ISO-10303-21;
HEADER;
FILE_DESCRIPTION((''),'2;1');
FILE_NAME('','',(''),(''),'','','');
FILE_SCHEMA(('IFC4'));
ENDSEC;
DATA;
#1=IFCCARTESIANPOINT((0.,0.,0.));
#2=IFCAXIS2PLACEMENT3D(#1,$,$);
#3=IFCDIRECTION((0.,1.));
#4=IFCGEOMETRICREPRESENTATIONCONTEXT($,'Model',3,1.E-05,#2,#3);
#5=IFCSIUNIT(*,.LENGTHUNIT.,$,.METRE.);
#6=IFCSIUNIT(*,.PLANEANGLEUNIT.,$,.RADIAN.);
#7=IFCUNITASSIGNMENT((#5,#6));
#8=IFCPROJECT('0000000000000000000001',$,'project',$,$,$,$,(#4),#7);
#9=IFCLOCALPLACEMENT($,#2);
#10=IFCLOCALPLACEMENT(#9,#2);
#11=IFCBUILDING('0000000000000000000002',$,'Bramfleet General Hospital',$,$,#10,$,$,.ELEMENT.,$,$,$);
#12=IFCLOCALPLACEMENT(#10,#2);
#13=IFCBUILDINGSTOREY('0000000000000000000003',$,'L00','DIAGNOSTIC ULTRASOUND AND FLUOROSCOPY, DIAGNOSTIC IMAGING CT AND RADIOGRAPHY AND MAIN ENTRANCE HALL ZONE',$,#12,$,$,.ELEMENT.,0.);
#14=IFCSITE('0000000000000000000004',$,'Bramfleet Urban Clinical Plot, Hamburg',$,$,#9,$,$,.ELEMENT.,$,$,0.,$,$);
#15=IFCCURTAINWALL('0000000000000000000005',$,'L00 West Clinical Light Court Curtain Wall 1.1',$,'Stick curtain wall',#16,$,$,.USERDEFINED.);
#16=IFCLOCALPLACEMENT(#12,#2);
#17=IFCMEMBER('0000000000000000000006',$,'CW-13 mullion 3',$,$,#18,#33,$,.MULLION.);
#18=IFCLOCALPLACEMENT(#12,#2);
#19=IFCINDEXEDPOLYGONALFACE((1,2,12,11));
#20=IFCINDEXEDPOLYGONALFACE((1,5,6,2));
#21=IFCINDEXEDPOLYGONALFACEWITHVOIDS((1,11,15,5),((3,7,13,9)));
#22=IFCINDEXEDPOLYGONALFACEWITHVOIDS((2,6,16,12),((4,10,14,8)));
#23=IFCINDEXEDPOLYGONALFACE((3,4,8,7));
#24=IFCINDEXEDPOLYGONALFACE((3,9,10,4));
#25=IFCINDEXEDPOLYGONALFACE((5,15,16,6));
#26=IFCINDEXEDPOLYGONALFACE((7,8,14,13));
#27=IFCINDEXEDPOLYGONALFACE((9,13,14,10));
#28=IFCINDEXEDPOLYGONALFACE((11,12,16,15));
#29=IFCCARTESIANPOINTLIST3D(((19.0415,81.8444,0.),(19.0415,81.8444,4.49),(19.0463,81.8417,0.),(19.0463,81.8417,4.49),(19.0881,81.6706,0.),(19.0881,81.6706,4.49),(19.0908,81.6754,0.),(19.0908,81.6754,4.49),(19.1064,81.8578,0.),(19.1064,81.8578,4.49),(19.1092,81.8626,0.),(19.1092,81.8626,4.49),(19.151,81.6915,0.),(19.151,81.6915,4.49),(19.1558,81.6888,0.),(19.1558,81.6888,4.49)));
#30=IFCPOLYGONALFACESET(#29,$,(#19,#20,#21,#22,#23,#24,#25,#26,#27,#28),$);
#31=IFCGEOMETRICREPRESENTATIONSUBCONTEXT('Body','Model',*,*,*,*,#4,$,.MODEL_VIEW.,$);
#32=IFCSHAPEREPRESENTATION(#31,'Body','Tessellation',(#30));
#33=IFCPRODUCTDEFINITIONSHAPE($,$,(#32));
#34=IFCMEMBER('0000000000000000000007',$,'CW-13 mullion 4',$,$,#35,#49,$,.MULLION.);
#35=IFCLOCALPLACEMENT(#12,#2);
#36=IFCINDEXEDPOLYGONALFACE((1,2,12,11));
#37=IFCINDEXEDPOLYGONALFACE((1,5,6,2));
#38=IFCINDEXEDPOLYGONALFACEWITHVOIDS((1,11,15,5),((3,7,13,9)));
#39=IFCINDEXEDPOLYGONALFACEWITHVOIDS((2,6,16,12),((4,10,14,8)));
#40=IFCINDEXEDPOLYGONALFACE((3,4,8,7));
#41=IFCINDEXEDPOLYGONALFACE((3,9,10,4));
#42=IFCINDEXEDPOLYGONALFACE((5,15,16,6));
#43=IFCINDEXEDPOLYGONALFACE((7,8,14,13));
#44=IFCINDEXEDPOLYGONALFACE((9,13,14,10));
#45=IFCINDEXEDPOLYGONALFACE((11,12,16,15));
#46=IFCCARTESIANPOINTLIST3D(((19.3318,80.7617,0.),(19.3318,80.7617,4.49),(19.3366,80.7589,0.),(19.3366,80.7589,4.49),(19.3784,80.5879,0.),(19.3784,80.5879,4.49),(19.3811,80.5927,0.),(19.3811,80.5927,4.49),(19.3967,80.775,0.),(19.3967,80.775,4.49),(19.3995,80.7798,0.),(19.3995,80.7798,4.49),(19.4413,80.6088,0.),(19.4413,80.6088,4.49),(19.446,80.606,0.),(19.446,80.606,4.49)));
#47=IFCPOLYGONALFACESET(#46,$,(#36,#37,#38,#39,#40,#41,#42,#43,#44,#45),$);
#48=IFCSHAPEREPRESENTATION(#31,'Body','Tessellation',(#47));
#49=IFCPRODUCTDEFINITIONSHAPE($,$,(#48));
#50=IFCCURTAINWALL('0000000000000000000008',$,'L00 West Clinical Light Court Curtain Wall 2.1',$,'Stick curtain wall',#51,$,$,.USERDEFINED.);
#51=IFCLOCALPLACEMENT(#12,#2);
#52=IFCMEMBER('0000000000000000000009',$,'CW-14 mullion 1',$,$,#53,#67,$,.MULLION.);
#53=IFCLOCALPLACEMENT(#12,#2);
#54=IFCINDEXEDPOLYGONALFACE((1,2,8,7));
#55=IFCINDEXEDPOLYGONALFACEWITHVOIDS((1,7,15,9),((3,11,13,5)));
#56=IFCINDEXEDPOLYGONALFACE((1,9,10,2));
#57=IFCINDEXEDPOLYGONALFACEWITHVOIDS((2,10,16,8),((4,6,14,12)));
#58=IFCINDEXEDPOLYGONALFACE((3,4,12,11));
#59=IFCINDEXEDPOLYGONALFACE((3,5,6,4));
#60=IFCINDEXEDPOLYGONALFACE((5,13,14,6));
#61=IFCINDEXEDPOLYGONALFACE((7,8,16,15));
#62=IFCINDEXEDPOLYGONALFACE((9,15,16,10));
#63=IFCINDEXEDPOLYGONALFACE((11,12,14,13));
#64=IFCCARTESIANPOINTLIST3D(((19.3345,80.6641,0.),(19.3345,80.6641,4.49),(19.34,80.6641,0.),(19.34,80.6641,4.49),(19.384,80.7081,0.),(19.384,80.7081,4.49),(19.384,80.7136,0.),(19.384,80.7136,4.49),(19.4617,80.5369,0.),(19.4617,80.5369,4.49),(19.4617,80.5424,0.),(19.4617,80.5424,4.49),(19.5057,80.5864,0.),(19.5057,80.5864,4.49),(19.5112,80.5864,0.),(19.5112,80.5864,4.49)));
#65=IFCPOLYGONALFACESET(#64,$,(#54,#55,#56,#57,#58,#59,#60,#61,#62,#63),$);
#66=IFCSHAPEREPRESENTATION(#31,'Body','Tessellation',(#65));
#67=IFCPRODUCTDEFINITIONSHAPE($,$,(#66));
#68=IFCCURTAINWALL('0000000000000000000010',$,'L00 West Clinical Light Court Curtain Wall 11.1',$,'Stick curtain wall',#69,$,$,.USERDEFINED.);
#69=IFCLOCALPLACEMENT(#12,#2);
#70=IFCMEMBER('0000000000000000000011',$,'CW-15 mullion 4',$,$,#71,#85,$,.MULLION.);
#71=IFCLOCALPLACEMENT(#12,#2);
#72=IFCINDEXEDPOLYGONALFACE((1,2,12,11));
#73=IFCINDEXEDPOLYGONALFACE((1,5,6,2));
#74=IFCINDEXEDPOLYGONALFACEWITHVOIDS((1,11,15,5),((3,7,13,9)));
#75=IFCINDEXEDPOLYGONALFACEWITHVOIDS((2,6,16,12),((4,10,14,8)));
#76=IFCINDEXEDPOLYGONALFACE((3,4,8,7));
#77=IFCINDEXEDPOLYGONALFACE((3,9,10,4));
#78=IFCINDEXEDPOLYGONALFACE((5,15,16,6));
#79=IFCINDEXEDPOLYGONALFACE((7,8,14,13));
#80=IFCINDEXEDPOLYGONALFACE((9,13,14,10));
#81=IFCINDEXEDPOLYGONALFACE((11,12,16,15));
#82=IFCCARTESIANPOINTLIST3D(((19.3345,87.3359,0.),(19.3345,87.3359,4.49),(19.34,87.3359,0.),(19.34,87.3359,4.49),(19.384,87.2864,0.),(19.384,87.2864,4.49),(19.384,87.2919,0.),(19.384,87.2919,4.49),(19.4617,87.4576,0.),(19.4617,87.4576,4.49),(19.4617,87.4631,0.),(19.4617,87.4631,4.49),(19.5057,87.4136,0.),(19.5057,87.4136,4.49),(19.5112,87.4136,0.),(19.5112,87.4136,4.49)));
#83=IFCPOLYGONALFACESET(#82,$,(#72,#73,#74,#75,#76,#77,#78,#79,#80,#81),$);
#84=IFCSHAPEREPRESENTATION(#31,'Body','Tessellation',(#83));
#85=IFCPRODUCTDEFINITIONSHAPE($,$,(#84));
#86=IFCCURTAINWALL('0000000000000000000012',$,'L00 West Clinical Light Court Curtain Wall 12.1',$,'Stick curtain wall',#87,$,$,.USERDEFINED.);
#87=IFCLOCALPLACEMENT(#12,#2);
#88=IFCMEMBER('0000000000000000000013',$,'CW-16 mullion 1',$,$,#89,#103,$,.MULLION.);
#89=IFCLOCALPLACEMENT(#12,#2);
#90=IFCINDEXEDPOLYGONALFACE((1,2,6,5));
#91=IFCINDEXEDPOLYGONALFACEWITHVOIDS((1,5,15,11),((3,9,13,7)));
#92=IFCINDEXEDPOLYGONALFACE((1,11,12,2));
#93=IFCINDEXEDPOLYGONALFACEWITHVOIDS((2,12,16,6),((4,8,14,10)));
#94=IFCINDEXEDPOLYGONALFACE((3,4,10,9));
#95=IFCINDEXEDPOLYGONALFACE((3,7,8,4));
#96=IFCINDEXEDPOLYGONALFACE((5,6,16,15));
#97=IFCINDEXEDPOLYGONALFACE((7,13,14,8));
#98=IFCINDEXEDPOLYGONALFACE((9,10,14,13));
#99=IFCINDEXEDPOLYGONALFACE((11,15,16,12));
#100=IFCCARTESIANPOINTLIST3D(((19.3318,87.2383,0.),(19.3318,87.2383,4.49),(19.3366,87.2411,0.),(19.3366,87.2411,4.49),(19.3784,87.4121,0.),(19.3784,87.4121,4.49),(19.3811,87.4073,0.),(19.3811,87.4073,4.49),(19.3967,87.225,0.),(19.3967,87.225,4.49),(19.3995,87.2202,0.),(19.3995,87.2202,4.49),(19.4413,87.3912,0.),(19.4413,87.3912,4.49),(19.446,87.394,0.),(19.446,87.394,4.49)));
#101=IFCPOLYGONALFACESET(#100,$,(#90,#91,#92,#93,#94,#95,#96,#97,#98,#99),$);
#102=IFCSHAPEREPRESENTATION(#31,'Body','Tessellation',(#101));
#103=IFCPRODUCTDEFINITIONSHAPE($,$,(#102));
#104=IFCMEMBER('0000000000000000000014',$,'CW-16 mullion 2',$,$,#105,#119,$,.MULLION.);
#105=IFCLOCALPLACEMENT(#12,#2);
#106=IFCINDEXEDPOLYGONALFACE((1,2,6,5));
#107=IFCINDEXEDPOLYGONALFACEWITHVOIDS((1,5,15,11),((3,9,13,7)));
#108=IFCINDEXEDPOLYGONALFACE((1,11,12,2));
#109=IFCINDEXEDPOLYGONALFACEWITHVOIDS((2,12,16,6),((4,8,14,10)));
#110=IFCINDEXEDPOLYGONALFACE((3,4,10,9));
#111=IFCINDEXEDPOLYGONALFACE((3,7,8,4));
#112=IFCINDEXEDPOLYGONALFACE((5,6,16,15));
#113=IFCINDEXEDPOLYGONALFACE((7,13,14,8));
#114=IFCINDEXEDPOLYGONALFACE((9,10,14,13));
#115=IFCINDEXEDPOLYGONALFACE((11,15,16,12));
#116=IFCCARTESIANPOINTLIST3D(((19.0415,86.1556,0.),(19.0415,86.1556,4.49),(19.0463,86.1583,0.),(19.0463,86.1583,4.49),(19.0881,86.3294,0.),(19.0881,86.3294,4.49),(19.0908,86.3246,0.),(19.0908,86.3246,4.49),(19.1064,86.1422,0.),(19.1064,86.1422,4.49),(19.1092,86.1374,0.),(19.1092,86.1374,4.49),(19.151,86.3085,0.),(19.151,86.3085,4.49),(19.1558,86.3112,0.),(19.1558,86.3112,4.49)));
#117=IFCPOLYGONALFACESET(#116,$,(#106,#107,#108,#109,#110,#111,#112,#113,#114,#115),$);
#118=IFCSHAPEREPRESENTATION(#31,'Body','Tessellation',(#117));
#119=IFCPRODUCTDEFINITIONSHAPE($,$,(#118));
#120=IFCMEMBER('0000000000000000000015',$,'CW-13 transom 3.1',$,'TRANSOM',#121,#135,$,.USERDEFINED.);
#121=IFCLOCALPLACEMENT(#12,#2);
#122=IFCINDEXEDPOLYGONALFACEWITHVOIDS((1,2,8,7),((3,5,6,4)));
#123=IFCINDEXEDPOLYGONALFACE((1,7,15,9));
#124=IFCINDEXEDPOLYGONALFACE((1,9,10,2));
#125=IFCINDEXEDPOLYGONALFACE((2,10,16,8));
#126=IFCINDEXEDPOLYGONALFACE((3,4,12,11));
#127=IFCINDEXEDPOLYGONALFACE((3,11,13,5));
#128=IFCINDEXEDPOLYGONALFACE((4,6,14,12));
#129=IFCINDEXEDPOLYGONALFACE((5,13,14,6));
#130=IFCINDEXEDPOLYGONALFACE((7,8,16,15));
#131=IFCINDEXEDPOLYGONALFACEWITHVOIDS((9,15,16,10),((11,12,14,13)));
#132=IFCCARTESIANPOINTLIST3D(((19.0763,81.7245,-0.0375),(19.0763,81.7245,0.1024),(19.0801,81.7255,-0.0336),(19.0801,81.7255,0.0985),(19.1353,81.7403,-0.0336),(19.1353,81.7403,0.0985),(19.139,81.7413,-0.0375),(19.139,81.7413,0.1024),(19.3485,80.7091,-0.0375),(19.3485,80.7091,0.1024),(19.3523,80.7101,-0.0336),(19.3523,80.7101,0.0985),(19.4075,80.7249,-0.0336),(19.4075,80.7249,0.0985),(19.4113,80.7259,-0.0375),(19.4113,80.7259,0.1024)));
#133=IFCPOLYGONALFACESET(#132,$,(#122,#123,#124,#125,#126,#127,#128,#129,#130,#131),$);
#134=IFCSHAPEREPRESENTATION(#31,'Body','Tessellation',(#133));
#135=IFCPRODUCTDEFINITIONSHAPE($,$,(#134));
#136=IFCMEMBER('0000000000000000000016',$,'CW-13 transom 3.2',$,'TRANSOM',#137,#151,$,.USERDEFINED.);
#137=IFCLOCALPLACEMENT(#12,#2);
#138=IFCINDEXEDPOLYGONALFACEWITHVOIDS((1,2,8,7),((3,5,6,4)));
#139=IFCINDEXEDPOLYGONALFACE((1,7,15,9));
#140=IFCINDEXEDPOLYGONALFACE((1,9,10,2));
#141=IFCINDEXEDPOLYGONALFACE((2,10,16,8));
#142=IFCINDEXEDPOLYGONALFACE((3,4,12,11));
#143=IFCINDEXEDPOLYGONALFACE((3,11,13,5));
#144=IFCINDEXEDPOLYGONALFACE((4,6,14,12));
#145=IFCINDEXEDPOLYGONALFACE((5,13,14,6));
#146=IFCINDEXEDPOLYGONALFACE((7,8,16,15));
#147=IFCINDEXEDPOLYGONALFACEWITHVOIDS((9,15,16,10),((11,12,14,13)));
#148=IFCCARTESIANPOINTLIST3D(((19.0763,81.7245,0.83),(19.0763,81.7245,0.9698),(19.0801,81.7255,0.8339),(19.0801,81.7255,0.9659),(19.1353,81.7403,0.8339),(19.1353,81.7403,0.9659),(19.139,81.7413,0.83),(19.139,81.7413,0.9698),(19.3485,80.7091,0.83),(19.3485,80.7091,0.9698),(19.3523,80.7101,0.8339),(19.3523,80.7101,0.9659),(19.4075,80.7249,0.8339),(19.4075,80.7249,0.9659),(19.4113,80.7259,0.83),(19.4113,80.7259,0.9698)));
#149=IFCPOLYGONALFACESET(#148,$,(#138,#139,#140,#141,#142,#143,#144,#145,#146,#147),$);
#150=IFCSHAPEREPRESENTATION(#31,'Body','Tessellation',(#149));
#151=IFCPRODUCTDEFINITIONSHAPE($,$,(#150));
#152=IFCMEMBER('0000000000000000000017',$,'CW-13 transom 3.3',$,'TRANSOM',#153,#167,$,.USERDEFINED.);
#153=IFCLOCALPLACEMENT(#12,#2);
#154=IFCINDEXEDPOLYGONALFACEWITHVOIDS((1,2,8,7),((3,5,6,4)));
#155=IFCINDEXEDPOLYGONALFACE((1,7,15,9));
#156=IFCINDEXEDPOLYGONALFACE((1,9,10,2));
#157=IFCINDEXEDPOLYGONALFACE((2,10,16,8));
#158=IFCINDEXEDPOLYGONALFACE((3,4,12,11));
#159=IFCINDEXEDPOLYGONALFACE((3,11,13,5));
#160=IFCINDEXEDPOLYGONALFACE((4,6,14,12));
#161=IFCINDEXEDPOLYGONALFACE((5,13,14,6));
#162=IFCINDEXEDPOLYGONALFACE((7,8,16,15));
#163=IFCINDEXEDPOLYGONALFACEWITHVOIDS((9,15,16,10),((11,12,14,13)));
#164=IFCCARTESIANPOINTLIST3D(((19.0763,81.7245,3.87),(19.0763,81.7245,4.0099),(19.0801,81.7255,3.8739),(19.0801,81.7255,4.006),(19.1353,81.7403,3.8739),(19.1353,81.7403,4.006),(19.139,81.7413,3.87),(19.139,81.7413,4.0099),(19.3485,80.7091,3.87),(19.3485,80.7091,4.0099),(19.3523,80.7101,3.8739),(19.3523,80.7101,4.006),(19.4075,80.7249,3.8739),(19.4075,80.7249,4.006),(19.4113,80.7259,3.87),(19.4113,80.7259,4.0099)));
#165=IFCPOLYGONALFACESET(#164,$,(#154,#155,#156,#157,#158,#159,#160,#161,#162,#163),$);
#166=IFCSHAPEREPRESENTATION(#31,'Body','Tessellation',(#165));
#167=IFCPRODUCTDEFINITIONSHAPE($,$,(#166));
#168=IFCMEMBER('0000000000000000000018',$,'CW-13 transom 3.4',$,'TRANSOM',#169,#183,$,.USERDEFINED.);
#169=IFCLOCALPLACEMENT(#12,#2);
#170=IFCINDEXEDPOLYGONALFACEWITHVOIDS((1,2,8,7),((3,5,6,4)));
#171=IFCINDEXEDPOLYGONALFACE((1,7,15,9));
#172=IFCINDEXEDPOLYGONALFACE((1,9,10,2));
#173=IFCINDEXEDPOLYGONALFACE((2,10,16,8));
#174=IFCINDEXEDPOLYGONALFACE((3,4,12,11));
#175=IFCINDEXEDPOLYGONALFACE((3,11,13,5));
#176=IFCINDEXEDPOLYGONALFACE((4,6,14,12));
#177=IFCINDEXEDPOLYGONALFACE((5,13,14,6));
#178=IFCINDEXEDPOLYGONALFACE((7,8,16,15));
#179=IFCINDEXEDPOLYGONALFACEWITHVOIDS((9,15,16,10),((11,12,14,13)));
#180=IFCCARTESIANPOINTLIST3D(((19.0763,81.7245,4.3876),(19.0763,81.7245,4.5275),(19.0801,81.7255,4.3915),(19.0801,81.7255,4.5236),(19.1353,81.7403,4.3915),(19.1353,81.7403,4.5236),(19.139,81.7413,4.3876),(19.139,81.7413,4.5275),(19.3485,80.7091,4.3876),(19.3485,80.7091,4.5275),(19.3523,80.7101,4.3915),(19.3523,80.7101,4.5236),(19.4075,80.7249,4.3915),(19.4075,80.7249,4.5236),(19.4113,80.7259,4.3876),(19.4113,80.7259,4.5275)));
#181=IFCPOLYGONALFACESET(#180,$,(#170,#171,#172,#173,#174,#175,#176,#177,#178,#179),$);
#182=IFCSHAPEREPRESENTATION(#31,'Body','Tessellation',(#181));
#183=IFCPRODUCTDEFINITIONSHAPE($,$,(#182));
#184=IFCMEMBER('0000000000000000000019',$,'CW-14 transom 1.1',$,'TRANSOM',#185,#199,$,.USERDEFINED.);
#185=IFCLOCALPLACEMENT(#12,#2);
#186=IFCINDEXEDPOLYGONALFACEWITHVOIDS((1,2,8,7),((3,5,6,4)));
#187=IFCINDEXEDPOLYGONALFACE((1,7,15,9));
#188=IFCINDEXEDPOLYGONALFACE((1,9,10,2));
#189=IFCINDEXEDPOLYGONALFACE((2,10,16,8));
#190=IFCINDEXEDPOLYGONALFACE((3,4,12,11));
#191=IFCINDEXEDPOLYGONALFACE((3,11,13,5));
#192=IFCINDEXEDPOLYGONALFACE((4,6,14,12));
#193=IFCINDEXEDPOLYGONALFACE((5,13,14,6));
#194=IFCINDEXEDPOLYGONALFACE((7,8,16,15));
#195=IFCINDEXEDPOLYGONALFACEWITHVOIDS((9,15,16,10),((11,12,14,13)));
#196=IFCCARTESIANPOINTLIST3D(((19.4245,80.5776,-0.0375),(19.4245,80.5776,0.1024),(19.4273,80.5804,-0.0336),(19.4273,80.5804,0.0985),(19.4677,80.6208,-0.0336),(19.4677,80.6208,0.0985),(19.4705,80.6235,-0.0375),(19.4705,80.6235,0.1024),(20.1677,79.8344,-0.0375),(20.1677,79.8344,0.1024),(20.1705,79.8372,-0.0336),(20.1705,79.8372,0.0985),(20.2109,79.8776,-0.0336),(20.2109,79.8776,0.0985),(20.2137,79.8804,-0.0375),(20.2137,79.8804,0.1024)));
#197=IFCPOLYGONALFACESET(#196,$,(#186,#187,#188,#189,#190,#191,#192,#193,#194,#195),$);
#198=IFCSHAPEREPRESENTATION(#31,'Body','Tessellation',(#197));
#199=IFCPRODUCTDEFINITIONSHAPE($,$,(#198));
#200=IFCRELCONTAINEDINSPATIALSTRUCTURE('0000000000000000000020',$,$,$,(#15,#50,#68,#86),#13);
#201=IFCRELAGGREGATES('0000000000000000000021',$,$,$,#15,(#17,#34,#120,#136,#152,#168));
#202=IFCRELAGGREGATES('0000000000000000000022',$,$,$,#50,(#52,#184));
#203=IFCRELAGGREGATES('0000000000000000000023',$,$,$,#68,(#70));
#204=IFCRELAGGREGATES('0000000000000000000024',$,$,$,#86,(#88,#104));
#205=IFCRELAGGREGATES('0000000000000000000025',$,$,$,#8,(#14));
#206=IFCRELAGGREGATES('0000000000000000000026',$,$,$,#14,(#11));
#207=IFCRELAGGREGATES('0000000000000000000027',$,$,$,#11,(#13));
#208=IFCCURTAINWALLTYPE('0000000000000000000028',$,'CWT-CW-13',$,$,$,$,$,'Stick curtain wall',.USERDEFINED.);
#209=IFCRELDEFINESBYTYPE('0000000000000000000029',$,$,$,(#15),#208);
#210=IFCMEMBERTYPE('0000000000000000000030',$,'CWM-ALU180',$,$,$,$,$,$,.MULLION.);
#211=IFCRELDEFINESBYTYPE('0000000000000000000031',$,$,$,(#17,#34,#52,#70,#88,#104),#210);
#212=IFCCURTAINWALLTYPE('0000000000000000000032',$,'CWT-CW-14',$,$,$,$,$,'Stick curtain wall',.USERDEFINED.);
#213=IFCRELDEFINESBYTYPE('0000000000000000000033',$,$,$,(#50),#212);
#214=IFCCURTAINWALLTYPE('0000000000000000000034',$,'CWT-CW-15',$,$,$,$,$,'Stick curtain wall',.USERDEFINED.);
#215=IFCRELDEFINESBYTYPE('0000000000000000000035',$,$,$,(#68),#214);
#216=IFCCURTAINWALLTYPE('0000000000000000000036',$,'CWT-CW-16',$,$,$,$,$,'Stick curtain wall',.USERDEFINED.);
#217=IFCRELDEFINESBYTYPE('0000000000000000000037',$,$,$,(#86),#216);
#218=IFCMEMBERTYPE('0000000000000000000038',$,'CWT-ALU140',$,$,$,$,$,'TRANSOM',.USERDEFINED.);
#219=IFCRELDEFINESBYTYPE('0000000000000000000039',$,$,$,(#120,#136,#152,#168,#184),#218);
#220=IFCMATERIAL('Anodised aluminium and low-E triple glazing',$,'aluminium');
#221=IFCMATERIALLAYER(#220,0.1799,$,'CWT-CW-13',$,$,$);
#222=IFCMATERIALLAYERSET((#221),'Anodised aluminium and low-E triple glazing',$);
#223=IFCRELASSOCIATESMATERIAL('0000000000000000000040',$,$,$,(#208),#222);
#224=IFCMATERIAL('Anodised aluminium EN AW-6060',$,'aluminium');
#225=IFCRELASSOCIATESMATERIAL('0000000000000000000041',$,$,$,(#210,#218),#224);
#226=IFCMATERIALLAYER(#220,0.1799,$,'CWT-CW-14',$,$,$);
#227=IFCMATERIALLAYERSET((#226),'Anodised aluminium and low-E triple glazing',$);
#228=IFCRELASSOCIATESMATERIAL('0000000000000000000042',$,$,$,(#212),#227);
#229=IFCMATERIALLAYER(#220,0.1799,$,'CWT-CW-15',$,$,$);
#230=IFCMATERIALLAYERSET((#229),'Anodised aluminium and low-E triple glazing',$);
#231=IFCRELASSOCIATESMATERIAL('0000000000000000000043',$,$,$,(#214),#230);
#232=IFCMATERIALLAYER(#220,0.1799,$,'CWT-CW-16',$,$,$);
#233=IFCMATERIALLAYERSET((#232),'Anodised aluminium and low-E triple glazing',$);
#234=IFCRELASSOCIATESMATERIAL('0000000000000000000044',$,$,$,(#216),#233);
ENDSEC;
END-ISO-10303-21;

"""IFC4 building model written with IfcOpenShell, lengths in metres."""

from ifc_helpers import new_model, si_unit, direction, frame, origin, origin_2d, place, context, subcontext, project, spatial, hollow_rectangle, extrude, material, layer, layer_set, material_profile, profile_set, type_object, element, aggregate, save


model = new_model("IFC4")

# Units and contexts
model_context = context("Model", 3, precision=1e-05, world=origin(), true_north=direction((0.0, 1.0)))
body_context = subcontext(model_context, "Body", "Model", "MODEL_VIEW")
ifc_project = project(units=[si_unit("LENGTHUNIT", "METRE"), si_unit("PLANEANGLEUNIT", "RADIAN")], contexts=[model_context])

# Site, building, storey
site_placement = place(None, origin())
site = spatial("IfcSite", under=ifc_project, at=site_placement, Name="Bramfleet Urban Clinical Plot, Hamburg", CompositionType="ELEMENT", RefElevation=0.0)
building_placement = place(site_placement, origin())
building = spatial("IfcBuilding", under=site, at=building_placement, Name="Bramfleet General Hospital", CompositionType="ELEMENT")
storey_placement = place(building_placement, origin())
storey = spatial("IfcBuildingStorey", under=building, at=storey_placement, Name="L00", Description="DIAGNOSTIC ULTRASOUND AND FLUOROSCOPY, DIAGNOSTIC IMAGING CT AND RADIOGRAPHY AND MAIN ENTRANCE HALL ZONE", CompositionType="ELEMENT", Elevation=0.0)

# Curtain wall, members
ifc_material_1 = material(Name="Anodised aluminium and low-E triple glazing", Category="aluminium")
ifc_layer_1 = layer(ifc_material_1, 0.1799, Name="CWT-CW-13")
ifc_layer_set_1 = layer_set([ifc_layer_1], Name="Anodised aluminium and low-E triple glazing")
curtain_wall_type_1 = type_object("IfcCurtainWallType", Name="CWT-CW-13", ElementType="Stick curtain wall", PredefinedType="USERDEFINED", material=ifc_layer_set_1)
curtain_wall_1_placement = place(storey_placement, origin())
curtain_wall_1 = element("IfcCurtainWall", 1, at=curtain_wall_1_placement, inside=storey, type_object=curtain_wall_type_1, Name="L00 West Clinical Light Court Curtain Wall 1.1", ObjectType="Stick curtain wall", PredefinedType="USERDEFINED")
ifc_material_2 = material(Name="Anodised aluminium EN AW-6060", Category="aluminium")
ifc_material_profile_1 = material_profile(ifc_material_2, hollow_rectangle(XDim=0.0701, YDim=0.1799, WallThickness=0.0039, at=origin_2d()), Name="ALU 180x70x4.0")
ifc_profile_set_1 = profile_set([ifc_material_profile_1], Name="Anodised aluminium EN AW-6060")
member_type_1 = type_object("IfcMemberType", Name="CWM-ALU180", PredefinedType="MULLION", material=ifc_profile_set_1)
member_1_placement = place(storey_placement, frame((19.0986, 81.7666, 0.0), z_axis=(0.0, 0.0, 1.0), x_axis=(0.965899, 0.258919, 0.0)))
member_1 = element("IfcMember", 2, at=member_1_placement, type_object=member_type_1, Name="CW-13 mullion 3", PredefinedType="MULLION", context=body_context, shape_type="SweptSolid", body=[
    extrude(hollow_rectangle(XDim=0.0701, YDim=0.1799, WallThickness=0.0039, at=origin_2d()), origin(), (0.0, 0.0, 1.0), 4.49),
])
member_2_placement = place(storey_placement, frame((19.3889, 80.6838, 0.0), z_axis=(0.0, 0.0, 1.0), x_axis=(0.965899, 0.258919, 0.0)))
member_2 = element("IfcMember", 3, at=member_2_placement, type_object=member_type_1, Name="CW-13 mullion 4", PredefinedType="MULLION", context=body_context, shape_type="SweptSolid", body=[
    extrude(hollow_rectangle(XDim=0.0701, YDim=0.1799, WallThickness=0.0039, at=origin_2d()), origin(), (0.0, 0.0, 1.0), 4.49),
])

# Curtain walls, members
ifc_layer_2 = layer(ifc_material_1, 0.1799, Name="CWT-CW-14")
ifc_layer_set_2 = layer_set([ifc_layer_2], Name="Anodised aluminium and low-E triple glazing")
curtain_wall_type_2 = type_object("IfcCurtainWallType", Name="CWT-CW-14", ElementType="Stick curtain wall", PredefinedType="USERDEFINED", material=ifc_layer_set_2)
curtain_wall_2_placement = place(storey_placement, origin())
curtain_wall_2 = element("IfcCurtainWall", 4, at=curtain_wall_2_placement, inside=storey, type_object=curtain_wall_type_2, Name="L00 West Clinical Light Court Curtain Wall 2.1", ObjectType="Stick curtain wall", PredefinedType="USERDEFINED")
member_3_placement = place(storey_placement, frame((19.4229, 80.6252, 0.0), z_axis=(0.0, 0.0, 1.0), x_axis=(0.707107, 0.707107, 0.0)))
member_3 = element("IfcMember", 5, at=member_3_placement, type_object=member_type_1, Name="CW-14 mullion 1", PredefinedType="MULLION", context=body_context, shape_type="SweptSolid", body=[
    extrude(hollow_rectangle(XDim=0.0701, YDim=0.1799, WallThickness=0.0039, at=origin_2d()), origin(), (0.0, 0.0, 1.0), 4.49),
])
ifc_layer_3 = layer(ifc_material_1, 0.1799, Name="CWT-CW-15")
ifc_layer_set_3 = layer_set([ifc_layer_3], Name="Anodised aluminium and low-E triple glazing")
curtain_wall_type_3 = type_object("IfcCurtainWallType", Name="CWT-CW-15", ElementType="Stick curtain wall", PredefinedType="USERDEFINED", material=ifc_layer_set_3)
curtain_wall_3_placement = place(storey_placement, origin())
curtain_wall_3 = element("IfcCurtainWall", 6, at=curtain_wall_3_placement, inside=storey, type_object=curtain_wall_type_3, Name="L00 West Clinical Light Court Curtain Wall 11.1", ObjectType="Stick curtain wall", PredefinedType="USERDEFINED")
member_4_placement = place(storey_placement, frame((19.4229, 87.3748, 0.0), z_axis=(0.0, 0.0, 1.0), x_axis=(0.707107, -0.707107, 0.0)))
member_4 = element("IfcMember", 7, at=member_4_placement, type_object=member_type_1, Name="CW-15 mullion 4", PredefinedType="MULLION", context=body_context, shape_type="SweptSolid", body=[
    extrude(hollow_rectangle(XDim=0.0701, YDim=0.1799, WallThickness=0.0039, at=origin_2d()), origin(), (0.0, 0.0, 1.0), 4.49),
])

# Curtain wall, members
ifc_layer_4 = layer(ifc_material_1, 0.1799, Name="CWT-CW-16")
ifc_layer_set_4 = layer_set([ifc_layer_4], Name="Anodised aluminium and low-E triple glazing")
curtain_wall_type_4 = type_object("IfcCurtainWallType", Name="CWT-CW-16", ElementType="Stick curtain wall", PredefinedType="USERDEFINED", material=ifc_layer_set_4)
curtain_wall_4_placement = place(storey_placement, origin())
curtain_wall_4 = element("IfcCurtainWall", 8, at=curtain_wall_4_placement, inside=storey, type_object=curtain_wall_type_4, Name="L00 West Clinical Light Court Curtain Wall 12.1", ObjectType="Stick curtain wall", PredefinedType="USERDEFINED")
member_5_placement = place(storey_placement, frame((19.3889, 87.3162, 0.0), z_axis=(0.0, 0.0, 1.0), x_axis=(0.965899, -0.258919, 0.0)))
member_5 = element("IfcMember", 9, at=member_5_placement, type_object=member_type_1, Name="CW-16 mullion 1", PredefinedType="MULLION", context=body_context, shape_type="SweptSolid", body=[
    extrude(hollow_rectangle(XDim=0.0701, YDim=0.1799, WallThickness=0.0039, at=origin_2d()), origin(), (0.0, 0.0, 1.0), 4.49),
])
member_6_placement = place(storey_placement, frame((19.0986, 86.2334, 0.0), z_axis=(0.0, 0.0, 1.0), x_axis=(0.965899, -0.258919, 0.0)))
member_6 = element("IfcMember", 10, at=member_6_placement, type_object=member_type_1, Name="CW-16 mullion 2", PredefinedType="MULLION", context=body_context, shape_type="SweptSolid", body=[
    extrude(hollow_rectangle(XDim=0.0701, YDim=0.1799, WallThickness=0.0039, at=origin_2d()), origin(), (0.0, 0.0, 1.0), 4.49),
])

# Members
ifc_material_profile_2 = material_profile(ifc_material_2, hollow_rectangle(XDim=0.0649, YDim=0.1399, WallThickness=0.0039, at=origin_2d()), Name="ALU 140x65x4.0")
ifc_profile_set_2 = profile_set([ifc_material_profile_2], Name="Anodised aluminium EN AW-6060")
member_type_2 = type_object("IfcMemberType", Name="CWT-ALU140", ElementType="TRANSOM", PredefinedType="USERDEFINED", material=ifc_profile_set_2)
member_7_placement = place(storey_placement, frame((19.1077, 81.7329, 0.0325), z_axis=(0.258949, -0.965891, 0.0), x_axis=(0.965891, 0.258949, 0.0)))
member_7 = element("IfcMember", 11, at=member_7_placement, type_object=member_type_2, Name="CW-13 transom 3.1", ObjectType="TRANSOM", PredefinedType="USERDEFINED", context=body_context, shape_type="SweptSolid", body=[
    extrude(hollow_rectangle(XDim=0.0649, YDim=0.1399, WallThickness=0.0039, at=origin_2d()), origin(), (0.0, 0.0, 1.0), 1.0513),
])
member_8_placement = place(storey_placement, frame((19.1077, 81.7329, 0.8999), z_axis=(0.258949, -0.965891, 0.0), x_axis=(0.965891, 0.258949, 0.0)))
member_8 = element("IfcMember", 12, at=member_8_placement, type_object=member_type_2, Name="CW-13 transom 3.2", ObjectType="TRANSOM", PredefinedType="USERDEFINED", context=body_context, shape_type="SweptSolid", body=[
    extrude(hollow_rectangle(XDim=0.0649, YDim=0.1399, WallThickness=0.0039, at=origin_2d()), origin(), (0.0, 0.0, 1.0), 1.0513),
])
member_9_placement = place(storey_placement, frame((19.1077, 81.7329, 3.9399), z_axis=(0.258949, -0.965891, 0.0), x_axis=(0.965891, 0.258949, 0.0)))
member_9 = element("IfcMember", 13, at=member_9_placement, type_object=member_type_2, Name="CW-13 transom 3.3", ObjectType="TRANSOM", PredefinedType="USERDEFINED", context=body_context, shape_type="SweptSolid", body=[
    extrude(hollow_rectangle(XDim=0.0649, YDim=0.1399, WallThickness=0.0039, at=origin_2d()), origin(), (0.0, 0.0, 1.0), 1.0513),
])
member_10_placement = place(storey_placement, frame((19.1077, 81.7329, 4.4575), z_axis=(0.258949, -0.965891, 0.0), x_axis=(0.965891, 0.258949, 0.0)))
member_10 = element("IfcMember", 14, at=member_10_placement, type_object=member_type_2, Name="CW-13 transom 3.4", ObjectType="TRANSOM", PredefinedType="USERDEFINED", context=body_context, shape_type="SweptSolid", body=[
    extrude(hollow_rectangle(XDim=0.0649, YDim=0.1399, WallThickness=0.0039, at=origin_2d()), origin(), (0.0, 0.0, 1.0), 1.0513),
])
member_11_placement = place(storey_placement, frame((19.4475, 80.6006, 0.0325), z_axis=(0.707107, -0.707107, 0.0), x_axis=(0.707107, 0.707107, 0.0)))
member_11 = element("IfcMember", 15, at=member_11_placement, type_object=member_type_2, Name="CW-14 transom 1.1", ObjectType="TRANSOM", PredefinedType="USERDEFINED", context=body_context, shape_type="SweptSolid", body=[
    extrude(hollow_rectangle(XDim=0.0649, YDim=0.1399, WallThickness=0.0039, at=origin_2d()), origin(), (0.0, 0.0, 1.0), 1.051),
])

aggregate(curtain_wall_1, [member_1, member_2, member_7, member_8, member_9, member_10])
aggregate(curtain_wall_2, [member_3, member_11])
aggregate(curtain_wall_3, [member_4])
aggregate(curtain_wall_4, [member_5, member_6])

save(model, "model.ifc")
